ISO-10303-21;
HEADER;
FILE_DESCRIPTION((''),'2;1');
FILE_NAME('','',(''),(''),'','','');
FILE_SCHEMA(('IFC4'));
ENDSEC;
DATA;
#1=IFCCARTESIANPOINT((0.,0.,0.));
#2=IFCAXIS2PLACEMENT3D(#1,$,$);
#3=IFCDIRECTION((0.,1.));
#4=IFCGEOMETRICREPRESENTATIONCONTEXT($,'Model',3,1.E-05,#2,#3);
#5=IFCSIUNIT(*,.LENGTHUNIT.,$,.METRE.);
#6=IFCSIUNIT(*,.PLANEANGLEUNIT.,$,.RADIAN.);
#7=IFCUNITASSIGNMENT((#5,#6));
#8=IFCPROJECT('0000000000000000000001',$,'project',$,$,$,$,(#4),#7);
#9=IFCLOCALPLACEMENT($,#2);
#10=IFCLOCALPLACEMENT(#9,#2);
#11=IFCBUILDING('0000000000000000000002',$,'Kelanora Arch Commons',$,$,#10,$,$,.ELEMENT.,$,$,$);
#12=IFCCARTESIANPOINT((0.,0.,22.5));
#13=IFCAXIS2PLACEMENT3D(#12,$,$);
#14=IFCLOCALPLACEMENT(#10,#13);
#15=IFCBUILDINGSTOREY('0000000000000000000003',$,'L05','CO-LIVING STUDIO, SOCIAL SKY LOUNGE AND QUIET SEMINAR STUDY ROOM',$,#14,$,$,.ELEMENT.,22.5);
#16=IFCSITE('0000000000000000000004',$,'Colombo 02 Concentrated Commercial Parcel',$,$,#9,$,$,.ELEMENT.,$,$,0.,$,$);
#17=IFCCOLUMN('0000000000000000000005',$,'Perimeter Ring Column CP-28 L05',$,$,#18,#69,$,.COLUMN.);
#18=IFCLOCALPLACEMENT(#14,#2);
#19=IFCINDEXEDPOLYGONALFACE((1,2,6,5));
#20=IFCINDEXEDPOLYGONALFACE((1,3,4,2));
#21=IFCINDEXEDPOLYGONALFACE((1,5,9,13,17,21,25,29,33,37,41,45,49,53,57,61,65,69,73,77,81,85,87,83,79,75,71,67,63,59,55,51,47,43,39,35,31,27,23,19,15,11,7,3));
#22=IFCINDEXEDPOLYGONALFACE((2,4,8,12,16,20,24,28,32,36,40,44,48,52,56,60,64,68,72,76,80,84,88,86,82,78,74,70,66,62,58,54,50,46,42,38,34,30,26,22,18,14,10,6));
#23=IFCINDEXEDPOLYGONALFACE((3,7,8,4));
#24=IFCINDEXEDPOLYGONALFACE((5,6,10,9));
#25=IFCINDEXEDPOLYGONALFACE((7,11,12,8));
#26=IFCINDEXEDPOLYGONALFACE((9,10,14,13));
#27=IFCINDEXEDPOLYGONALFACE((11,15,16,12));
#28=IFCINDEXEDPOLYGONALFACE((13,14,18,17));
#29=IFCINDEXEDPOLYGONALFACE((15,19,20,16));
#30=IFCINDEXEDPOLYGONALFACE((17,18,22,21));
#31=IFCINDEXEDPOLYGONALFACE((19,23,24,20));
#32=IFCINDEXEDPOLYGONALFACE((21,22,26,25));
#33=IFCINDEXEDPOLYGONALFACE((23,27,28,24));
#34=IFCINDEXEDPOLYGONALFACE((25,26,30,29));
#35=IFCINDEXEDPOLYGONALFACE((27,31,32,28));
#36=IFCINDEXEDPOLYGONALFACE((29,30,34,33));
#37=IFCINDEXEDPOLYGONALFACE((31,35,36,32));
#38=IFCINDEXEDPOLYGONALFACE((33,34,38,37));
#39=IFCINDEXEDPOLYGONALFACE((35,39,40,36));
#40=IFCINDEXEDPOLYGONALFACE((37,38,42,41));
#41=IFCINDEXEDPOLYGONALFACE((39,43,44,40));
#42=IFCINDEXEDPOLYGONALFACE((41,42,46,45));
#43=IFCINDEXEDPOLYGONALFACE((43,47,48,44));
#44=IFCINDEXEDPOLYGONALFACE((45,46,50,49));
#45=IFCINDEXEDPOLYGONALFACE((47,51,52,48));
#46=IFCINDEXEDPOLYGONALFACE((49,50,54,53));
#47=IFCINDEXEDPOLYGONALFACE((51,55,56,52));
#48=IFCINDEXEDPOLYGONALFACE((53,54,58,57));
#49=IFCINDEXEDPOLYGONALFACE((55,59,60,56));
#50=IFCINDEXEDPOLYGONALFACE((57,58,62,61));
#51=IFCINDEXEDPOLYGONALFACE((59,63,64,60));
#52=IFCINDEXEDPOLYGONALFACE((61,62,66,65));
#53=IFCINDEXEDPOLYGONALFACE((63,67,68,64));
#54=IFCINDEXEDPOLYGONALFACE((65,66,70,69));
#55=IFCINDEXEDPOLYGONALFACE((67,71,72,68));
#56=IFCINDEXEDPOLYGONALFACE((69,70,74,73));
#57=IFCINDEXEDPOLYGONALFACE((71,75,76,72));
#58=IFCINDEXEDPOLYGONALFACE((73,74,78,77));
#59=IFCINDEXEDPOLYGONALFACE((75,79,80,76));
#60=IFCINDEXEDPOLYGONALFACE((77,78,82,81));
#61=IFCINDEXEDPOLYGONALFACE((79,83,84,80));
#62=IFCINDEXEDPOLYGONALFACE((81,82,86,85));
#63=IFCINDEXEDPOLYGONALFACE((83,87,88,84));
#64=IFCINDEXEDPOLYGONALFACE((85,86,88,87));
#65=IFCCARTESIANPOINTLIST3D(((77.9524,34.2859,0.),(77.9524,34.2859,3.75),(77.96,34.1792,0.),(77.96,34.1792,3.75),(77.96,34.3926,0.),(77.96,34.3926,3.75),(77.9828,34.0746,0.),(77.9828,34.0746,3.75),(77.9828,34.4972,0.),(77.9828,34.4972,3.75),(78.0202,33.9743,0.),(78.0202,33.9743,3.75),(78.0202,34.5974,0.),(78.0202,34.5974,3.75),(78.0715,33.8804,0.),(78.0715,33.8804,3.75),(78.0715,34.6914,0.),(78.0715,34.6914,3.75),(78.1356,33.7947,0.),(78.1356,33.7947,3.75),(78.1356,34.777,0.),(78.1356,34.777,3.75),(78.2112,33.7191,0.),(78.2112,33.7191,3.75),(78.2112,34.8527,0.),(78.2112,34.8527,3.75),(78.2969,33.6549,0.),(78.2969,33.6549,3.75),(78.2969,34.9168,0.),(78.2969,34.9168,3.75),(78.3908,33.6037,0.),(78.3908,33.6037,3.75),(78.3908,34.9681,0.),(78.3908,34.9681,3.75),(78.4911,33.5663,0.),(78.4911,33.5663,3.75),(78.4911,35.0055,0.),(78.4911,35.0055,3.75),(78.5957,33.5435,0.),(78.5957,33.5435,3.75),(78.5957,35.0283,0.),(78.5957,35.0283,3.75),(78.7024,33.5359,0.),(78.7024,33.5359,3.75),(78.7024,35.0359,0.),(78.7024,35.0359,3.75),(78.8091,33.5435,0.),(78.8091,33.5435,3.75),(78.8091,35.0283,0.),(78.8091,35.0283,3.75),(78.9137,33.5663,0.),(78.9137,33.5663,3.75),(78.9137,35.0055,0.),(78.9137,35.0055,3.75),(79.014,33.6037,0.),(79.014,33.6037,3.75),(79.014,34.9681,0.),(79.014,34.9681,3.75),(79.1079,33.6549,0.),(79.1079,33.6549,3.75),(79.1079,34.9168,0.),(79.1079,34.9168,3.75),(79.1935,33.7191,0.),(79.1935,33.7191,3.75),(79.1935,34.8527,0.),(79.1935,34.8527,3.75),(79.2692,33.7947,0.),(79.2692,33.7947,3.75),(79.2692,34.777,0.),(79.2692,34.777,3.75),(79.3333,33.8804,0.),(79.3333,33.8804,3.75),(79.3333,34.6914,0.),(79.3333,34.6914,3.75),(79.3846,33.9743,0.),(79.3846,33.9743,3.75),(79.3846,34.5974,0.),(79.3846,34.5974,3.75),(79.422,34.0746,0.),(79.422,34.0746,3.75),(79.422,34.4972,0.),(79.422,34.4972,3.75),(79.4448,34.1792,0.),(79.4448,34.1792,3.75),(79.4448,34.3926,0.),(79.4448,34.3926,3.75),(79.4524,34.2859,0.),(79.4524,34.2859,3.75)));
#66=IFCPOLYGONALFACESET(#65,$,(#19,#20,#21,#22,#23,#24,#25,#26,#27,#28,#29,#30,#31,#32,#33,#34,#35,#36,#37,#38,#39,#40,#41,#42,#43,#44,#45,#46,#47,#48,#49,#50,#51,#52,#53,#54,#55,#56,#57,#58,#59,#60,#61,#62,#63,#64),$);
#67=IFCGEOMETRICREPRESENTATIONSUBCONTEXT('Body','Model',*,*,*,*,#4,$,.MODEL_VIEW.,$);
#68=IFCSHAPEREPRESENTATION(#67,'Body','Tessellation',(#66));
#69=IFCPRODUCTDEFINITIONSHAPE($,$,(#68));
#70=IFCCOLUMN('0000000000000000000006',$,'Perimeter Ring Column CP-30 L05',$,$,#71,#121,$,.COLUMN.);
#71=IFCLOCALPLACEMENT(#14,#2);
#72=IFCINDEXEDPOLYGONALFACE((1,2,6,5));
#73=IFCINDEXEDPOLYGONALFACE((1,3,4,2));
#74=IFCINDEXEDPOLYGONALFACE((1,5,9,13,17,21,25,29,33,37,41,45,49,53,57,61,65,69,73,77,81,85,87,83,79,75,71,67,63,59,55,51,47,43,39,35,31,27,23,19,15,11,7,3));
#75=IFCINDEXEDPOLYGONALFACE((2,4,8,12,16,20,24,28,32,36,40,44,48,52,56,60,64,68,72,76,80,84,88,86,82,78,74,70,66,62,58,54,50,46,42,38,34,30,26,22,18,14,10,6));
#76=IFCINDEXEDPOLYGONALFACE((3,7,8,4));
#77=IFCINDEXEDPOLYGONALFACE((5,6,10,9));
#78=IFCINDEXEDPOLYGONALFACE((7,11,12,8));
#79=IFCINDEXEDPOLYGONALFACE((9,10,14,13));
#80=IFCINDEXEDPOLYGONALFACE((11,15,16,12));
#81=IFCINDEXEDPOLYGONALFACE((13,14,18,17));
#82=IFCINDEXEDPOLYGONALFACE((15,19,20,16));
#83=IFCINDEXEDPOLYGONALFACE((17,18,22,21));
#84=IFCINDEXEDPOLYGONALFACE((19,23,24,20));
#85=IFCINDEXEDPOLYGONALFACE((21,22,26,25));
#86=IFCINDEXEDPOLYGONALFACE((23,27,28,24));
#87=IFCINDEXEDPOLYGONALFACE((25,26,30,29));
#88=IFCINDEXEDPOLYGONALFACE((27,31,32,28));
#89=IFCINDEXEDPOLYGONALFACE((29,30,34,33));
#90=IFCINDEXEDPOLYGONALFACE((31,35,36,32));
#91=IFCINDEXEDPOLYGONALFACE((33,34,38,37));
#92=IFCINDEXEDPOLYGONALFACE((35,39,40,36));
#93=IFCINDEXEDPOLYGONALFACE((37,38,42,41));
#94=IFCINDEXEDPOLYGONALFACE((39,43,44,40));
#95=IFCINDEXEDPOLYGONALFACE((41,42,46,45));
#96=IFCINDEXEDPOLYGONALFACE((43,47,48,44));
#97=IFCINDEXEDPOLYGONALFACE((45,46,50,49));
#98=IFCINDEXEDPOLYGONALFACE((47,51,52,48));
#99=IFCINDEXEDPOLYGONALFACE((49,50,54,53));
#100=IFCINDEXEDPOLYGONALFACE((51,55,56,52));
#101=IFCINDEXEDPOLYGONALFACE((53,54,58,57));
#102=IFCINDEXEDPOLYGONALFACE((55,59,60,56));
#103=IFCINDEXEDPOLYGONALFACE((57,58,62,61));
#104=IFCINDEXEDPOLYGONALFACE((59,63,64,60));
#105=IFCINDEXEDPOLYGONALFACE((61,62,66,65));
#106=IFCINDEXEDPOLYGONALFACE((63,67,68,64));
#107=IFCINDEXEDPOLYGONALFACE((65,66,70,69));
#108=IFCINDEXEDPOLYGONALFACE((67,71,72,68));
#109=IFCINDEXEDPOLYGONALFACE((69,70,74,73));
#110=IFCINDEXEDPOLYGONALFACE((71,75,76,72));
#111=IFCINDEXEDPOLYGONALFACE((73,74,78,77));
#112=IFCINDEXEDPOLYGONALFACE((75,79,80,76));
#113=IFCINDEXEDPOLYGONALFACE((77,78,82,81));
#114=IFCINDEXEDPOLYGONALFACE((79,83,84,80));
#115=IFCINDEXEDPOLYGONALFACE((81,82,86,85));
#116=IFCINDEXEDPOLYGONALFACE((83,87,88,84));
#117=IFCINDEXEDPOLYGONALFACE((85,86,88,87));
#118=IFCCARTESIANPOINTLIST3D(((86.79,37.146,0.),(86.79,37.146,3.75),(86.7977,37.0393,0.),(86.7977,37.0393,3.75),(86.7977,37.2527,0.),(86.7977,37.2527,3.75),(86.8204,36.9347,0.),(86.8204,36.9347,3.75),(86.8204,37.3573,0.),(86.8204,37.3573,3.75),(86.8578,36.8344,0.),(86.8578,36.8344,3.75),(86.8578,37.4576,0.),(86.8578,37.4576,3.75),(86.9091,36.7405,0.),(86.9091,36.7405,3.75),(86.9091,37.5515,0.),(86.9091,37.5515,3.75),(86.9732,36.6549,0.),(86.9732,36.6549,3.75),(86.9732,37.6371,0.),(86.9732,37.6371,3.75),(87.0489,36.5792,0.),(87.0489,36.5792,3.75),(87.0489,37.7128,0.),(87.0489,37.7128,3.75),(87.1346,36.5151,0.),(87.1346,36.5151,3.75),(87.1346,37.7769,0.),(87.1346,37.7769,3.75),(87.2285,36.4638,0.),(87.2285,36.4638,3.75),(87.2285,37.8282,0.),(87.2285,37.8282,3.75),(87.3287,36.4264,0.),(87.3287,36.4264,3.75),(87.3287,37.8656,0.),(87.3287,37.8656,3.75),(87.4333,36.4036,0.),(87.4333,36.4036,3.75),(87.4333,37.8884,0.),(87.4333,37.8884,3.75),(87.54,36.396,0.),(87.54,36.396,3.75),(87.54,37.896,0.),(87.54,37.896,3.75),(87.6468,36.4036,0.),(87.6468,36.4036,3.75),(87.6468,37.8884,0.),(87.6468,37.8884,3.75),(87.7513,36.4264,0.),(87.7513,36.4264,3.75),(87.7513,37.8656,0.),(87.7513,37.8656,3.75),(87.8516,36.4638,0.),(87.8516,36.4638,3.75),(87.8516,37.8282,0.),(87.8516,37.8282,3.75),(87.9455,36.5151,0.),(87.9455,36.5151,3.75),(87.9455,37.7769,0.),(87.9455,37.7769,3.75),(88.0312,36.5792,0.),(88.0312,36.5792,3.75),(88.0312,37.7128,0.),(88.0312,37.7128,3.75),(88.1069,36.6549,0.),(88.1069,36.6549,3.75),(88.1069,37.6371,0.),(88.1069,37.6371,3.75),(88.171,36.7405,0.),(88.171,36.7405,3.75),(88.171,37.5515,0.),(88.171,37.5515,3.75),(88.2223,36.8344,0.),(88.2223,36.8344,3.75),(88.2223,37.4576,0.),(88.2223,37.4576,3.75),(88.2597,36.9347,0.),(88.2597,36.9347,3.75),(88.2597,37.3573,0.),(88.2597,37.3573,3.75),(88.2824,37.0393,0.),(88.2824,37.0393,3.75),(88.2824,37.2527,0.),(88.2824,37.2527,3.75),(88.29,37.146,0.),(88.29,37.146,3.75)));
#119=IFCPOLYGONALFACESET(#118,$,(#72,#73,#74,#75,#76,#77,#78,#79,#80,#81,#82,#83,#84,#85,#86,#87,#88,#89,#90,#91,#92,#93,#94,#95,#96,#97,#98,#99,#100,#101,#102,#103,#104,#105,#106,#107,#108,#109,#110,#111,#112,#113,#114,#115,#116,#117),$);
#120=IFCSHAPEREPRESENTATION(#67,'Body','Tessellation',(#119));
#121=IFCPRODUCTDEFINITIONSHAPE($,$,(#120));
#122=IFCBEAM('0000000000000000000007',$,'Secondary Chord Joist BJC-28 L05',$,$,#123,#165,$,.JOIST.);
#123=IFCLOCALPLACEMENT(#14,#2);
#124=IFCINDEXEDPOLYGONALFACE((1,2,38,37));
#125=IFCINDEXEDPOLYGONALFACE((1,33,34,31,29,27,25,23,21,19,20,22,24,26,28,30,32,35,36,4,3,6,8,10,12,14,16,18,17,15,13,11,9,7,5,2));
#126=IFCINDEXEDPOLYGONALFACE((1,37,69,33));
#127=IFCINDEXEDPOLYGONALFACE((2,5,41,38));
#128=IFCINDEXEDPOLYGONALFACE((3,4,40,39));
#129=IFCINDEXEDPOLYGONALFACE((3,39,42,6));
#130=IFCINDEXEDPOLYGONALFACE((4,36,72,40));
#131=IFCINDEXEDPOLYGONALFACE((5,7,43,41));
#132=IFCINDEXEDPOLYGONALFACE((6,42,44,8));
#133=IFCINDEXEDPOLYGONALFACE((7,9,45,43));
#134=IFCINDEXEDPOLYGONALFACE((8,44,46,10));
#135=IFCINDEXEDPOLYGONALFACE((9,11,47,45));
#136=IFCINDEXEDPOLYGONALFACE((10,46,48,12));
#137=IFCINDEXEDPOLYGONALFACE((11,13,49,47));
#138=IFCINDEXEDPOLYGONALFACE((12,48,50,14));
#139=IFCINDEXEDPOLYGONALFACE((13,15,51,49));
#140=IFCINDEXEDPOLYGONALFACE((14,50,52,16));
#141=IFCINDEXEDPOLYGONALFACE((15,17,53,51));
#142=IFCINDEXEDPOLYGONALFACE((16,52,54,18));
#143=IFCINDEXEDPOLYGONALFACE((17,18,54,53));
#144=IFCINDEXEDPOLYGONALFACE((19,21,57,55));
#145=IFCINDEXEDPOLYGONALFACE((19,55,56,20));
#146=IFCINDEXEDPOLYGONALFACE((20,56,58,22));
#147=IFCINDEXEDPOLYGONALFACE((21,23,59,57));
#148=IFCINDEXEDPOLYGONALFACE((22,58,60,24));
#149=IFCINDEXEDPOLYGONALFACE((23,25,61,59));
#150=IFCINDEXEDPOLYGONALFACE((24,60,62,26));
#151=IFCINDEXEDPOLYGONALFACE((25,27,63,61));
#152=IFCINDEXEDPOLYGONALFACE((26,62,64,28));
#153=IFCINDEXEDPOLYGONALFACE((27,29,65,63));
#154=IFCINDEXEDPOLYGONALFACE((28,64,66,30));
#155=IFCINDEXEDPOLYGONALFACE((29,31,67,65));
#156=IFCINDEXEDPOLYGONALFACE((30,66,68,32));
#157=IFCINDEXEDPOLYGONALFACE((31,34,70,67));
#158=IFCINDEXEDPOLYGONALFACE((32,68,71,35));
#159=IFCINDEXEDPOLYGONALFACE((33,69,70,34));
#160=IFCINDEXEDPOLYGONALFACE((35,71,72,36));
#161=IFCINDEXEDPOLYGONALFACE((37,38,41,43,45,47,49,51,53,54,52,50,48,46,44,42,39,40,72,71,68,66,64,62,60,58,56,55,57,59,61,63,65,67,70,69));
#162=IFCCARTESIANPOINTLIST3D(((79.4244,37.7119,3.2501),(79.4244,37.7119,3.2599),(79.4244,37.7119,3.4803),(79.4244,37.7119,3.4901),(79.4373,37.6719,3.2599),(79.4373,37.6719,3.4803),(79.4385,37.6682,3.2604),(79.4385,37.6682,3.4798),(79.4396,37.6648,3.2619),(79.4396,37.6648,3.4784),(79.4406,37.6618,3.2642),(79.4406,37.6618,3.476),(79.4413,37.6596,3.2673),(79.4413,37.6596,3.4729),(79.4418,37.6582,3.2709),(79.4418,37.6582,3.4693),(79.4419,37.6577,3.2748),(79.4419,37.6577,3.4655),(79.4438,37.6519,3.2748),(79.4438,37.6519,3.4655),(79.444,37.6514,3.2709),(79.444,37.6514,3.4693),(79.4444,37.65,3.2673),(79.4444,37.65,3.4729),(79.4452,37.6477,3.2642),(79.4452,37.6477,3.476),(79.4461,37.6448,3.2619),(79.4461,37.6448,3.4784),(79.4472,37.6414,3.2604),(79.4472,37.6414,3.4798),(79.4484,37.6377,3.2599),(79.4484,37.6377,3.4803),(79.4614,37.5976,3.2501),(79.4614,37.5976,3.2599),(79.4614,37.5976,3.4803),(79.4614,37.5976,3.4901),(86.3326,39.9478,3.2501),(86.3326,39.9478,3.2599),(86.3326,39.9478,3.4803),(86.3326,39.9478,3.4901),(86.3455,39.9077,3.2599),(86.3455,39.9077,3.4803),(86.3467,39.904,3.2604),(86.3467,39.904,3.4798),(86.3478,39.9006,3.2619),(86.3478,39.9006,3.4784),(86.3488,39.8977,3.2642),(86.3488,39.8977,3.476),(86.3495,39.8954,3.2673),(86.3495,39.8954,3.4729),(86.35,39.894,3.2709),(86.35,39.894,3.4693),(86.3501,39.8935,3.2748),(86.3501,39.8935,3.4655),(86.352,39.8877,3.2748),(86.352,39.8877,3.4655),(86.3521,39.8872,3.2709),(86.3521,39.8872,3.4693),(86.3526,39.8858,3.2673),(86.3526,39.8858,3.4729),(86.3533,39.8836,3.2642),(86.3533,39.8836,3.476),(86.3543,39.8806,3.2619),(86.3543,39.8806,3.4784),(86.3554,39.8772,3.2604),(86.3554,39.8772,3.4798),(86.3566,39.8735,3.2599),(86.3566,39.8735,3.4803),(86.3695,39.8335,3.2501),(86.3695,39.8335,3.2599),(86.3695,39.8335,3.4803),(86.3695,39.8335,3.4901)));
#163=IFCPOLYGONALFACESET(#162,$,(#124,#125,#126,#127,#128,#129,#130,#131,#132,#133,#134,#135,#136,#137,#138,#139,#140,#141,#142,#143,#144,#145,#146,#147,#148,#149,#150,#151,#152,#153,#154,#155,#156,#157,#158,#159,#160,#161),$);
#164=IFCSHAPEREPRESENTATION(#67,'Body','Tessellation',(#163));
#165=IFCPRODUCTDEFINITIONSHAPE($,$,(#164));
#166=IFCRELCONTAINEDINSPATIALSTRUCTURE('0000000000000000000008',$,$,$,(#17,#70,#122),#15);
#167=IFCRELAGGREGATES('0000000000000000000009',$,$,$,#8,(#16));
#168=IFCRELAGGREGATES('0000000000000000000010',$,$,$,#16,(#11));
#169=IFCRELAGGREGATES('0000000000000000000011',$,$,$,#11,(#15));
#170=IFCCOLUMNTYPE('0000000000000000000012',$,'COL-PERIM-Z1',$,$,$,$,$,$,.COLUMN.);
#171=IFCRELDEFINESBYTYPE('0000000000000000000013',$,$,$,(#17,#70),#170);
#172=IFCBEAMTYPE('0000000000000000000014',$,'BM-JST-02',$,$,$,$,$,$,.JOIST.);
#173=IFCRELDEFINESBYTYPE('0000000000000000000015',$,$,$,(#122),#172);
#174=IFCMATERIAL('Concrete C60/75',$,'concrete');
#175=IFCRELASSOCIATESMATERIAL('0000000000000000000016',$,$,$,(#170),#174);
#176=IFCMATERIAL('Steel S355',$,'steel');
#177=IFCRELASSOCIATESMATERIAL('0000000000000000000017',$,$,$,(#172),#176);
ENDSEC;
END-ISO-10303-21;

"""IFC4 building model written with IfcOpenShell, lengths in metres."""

from ifc_helpers import new_model, si_unit, direction, frame, origin, origin_2d, place, context, subcontext, project, spatial, circle, i_section, extrude, material, material_profile, profile_set, type_object, element, save


model = new_model("IFC4")

# Units and contexts
model_context = context("Model", 3, precision=1e-05, world=origin(), true_north=direction((0.0, 1.0)))
body_context = subcontext(model_context, "Body", "Model", "MODEL_VIEW")
ifc_project = project(units=[si_unit("LENGTHUNIT", "METRE"), si_unit("PLANEANGLEUNIT", "RADIAN")], contexts=[model_context])

# Site, building, storey
site_placement = place(None, origin())
site = spatial("IfcSite", under=ifc_project, at=site_placement, Name="Colombo 02 Concentrated Commercial Parcel", CompositionType="ELEMENT", RefElevation=0.0)
building_placement = place(site_placement, origin())
building = spatial("IfcBuilding", under=site, at=building_placement, Name="Kelanora Arch Commons", CompositionType="ELEMENT")
storey_placement = place(building_placement, frame((0.0, 0.0, 22.5)))
storey = spatial("IfcBuildingStorey", under=building, at=storey_placement, Name="L05", Description="CO-LIVING STUDIO, SOCIAL SKY LOUNGE AND QUIET SEMINAR STUDY ROOM", CompositionType="ELEMENT", Elevation=22.5)

# Columns
ifc_material_1 = material(Name="Concrete C60/75", Category="concrete")
ifc_material_profile_1 = material_profile(ifc_material_1, circle(Radius=0.75, at=origin_2d()), Name="RCC1500")
ifc_profile_set_1 = profile_set([ifc_material_profile_1], Name="Concrete C60/75")
column_type = type_object("IfcColumnType", Name="COL-PERIM-Z1", PredefinedType="COLUMN", material=ifc_profile_set_1)
for number, where, z_axis, x_axis, name in (
    (1, (78.7024, 34.2859, 0.0), (0.0, 0.0, 1.0), (1.0, 0.0, 0.0), "Perimeter Ring Column CP-28 L05"),
    (2, (87.54, 37.146, 0.0), (0.0, 0.0, 1.0), (1.0, 0.0, 0.0), "Perimeter Ring Column CP-30 L05"),
):
    element("IfcColumn", number, at=place(storey_placement, frame(where, z_axis=z_axis, x_axis=x_axis)), inside=storey, type_object=column_type, Name=name, PredefinedType="COLUMN", context=body_context, shape_type="SweptSolid", body=[
        extrude(circle(Radius=0.75, at=origin_2d()), origin(), (0.0, 0.0, 1.0), 3.75),
    ])

# Beam
ifc_material_2 = material(Name="Steel S355", Category="steel")
ifc_material_profile_2 = material_profile(ifc_material_2, i_section(OverallWidth=0.1201, OverallDepth=0.24, WebThickness=0.0061, FlangeThickness=0.0098, FilletRadius=0.0149, at=origin_2d()), Name="IPE240")
ifc_profile_set_2 = profile_set([ifc_material_profile_2], Name="Steel S355")
beam_type_1 = type_object("IfcBeamType", Name="BM-JST-02", PredefinedType="JOIST", material=ifc_profile_set_2)
beam_1_placement = place(storey_placement, frame((79.4429, 37.6548, 3.3701), z_axis=(0.951411, 0.307924, 0.0), x_axis=(-0.307924, 0.951411, 0.0)))
element("IfcBeam", 3, at=beam_1_placement, inside=storey, type_object=beam_type_1, Name="Secondary Chord Joist BJC-28 L05", PredefinedType="JOIST", context=body_context, shape_type="SweptSolid", body=[
    extrude(i_section(OverallWidth=0.1201, OverallDepth=0.24, WebThickness=0.0061, FlangeThickness=0.0098, FilletRadius=0.0149, at=origin_2d()), origin(), (0.0, 0.0, 1.0), 7.261),
])

save(model, "model.ifc")
